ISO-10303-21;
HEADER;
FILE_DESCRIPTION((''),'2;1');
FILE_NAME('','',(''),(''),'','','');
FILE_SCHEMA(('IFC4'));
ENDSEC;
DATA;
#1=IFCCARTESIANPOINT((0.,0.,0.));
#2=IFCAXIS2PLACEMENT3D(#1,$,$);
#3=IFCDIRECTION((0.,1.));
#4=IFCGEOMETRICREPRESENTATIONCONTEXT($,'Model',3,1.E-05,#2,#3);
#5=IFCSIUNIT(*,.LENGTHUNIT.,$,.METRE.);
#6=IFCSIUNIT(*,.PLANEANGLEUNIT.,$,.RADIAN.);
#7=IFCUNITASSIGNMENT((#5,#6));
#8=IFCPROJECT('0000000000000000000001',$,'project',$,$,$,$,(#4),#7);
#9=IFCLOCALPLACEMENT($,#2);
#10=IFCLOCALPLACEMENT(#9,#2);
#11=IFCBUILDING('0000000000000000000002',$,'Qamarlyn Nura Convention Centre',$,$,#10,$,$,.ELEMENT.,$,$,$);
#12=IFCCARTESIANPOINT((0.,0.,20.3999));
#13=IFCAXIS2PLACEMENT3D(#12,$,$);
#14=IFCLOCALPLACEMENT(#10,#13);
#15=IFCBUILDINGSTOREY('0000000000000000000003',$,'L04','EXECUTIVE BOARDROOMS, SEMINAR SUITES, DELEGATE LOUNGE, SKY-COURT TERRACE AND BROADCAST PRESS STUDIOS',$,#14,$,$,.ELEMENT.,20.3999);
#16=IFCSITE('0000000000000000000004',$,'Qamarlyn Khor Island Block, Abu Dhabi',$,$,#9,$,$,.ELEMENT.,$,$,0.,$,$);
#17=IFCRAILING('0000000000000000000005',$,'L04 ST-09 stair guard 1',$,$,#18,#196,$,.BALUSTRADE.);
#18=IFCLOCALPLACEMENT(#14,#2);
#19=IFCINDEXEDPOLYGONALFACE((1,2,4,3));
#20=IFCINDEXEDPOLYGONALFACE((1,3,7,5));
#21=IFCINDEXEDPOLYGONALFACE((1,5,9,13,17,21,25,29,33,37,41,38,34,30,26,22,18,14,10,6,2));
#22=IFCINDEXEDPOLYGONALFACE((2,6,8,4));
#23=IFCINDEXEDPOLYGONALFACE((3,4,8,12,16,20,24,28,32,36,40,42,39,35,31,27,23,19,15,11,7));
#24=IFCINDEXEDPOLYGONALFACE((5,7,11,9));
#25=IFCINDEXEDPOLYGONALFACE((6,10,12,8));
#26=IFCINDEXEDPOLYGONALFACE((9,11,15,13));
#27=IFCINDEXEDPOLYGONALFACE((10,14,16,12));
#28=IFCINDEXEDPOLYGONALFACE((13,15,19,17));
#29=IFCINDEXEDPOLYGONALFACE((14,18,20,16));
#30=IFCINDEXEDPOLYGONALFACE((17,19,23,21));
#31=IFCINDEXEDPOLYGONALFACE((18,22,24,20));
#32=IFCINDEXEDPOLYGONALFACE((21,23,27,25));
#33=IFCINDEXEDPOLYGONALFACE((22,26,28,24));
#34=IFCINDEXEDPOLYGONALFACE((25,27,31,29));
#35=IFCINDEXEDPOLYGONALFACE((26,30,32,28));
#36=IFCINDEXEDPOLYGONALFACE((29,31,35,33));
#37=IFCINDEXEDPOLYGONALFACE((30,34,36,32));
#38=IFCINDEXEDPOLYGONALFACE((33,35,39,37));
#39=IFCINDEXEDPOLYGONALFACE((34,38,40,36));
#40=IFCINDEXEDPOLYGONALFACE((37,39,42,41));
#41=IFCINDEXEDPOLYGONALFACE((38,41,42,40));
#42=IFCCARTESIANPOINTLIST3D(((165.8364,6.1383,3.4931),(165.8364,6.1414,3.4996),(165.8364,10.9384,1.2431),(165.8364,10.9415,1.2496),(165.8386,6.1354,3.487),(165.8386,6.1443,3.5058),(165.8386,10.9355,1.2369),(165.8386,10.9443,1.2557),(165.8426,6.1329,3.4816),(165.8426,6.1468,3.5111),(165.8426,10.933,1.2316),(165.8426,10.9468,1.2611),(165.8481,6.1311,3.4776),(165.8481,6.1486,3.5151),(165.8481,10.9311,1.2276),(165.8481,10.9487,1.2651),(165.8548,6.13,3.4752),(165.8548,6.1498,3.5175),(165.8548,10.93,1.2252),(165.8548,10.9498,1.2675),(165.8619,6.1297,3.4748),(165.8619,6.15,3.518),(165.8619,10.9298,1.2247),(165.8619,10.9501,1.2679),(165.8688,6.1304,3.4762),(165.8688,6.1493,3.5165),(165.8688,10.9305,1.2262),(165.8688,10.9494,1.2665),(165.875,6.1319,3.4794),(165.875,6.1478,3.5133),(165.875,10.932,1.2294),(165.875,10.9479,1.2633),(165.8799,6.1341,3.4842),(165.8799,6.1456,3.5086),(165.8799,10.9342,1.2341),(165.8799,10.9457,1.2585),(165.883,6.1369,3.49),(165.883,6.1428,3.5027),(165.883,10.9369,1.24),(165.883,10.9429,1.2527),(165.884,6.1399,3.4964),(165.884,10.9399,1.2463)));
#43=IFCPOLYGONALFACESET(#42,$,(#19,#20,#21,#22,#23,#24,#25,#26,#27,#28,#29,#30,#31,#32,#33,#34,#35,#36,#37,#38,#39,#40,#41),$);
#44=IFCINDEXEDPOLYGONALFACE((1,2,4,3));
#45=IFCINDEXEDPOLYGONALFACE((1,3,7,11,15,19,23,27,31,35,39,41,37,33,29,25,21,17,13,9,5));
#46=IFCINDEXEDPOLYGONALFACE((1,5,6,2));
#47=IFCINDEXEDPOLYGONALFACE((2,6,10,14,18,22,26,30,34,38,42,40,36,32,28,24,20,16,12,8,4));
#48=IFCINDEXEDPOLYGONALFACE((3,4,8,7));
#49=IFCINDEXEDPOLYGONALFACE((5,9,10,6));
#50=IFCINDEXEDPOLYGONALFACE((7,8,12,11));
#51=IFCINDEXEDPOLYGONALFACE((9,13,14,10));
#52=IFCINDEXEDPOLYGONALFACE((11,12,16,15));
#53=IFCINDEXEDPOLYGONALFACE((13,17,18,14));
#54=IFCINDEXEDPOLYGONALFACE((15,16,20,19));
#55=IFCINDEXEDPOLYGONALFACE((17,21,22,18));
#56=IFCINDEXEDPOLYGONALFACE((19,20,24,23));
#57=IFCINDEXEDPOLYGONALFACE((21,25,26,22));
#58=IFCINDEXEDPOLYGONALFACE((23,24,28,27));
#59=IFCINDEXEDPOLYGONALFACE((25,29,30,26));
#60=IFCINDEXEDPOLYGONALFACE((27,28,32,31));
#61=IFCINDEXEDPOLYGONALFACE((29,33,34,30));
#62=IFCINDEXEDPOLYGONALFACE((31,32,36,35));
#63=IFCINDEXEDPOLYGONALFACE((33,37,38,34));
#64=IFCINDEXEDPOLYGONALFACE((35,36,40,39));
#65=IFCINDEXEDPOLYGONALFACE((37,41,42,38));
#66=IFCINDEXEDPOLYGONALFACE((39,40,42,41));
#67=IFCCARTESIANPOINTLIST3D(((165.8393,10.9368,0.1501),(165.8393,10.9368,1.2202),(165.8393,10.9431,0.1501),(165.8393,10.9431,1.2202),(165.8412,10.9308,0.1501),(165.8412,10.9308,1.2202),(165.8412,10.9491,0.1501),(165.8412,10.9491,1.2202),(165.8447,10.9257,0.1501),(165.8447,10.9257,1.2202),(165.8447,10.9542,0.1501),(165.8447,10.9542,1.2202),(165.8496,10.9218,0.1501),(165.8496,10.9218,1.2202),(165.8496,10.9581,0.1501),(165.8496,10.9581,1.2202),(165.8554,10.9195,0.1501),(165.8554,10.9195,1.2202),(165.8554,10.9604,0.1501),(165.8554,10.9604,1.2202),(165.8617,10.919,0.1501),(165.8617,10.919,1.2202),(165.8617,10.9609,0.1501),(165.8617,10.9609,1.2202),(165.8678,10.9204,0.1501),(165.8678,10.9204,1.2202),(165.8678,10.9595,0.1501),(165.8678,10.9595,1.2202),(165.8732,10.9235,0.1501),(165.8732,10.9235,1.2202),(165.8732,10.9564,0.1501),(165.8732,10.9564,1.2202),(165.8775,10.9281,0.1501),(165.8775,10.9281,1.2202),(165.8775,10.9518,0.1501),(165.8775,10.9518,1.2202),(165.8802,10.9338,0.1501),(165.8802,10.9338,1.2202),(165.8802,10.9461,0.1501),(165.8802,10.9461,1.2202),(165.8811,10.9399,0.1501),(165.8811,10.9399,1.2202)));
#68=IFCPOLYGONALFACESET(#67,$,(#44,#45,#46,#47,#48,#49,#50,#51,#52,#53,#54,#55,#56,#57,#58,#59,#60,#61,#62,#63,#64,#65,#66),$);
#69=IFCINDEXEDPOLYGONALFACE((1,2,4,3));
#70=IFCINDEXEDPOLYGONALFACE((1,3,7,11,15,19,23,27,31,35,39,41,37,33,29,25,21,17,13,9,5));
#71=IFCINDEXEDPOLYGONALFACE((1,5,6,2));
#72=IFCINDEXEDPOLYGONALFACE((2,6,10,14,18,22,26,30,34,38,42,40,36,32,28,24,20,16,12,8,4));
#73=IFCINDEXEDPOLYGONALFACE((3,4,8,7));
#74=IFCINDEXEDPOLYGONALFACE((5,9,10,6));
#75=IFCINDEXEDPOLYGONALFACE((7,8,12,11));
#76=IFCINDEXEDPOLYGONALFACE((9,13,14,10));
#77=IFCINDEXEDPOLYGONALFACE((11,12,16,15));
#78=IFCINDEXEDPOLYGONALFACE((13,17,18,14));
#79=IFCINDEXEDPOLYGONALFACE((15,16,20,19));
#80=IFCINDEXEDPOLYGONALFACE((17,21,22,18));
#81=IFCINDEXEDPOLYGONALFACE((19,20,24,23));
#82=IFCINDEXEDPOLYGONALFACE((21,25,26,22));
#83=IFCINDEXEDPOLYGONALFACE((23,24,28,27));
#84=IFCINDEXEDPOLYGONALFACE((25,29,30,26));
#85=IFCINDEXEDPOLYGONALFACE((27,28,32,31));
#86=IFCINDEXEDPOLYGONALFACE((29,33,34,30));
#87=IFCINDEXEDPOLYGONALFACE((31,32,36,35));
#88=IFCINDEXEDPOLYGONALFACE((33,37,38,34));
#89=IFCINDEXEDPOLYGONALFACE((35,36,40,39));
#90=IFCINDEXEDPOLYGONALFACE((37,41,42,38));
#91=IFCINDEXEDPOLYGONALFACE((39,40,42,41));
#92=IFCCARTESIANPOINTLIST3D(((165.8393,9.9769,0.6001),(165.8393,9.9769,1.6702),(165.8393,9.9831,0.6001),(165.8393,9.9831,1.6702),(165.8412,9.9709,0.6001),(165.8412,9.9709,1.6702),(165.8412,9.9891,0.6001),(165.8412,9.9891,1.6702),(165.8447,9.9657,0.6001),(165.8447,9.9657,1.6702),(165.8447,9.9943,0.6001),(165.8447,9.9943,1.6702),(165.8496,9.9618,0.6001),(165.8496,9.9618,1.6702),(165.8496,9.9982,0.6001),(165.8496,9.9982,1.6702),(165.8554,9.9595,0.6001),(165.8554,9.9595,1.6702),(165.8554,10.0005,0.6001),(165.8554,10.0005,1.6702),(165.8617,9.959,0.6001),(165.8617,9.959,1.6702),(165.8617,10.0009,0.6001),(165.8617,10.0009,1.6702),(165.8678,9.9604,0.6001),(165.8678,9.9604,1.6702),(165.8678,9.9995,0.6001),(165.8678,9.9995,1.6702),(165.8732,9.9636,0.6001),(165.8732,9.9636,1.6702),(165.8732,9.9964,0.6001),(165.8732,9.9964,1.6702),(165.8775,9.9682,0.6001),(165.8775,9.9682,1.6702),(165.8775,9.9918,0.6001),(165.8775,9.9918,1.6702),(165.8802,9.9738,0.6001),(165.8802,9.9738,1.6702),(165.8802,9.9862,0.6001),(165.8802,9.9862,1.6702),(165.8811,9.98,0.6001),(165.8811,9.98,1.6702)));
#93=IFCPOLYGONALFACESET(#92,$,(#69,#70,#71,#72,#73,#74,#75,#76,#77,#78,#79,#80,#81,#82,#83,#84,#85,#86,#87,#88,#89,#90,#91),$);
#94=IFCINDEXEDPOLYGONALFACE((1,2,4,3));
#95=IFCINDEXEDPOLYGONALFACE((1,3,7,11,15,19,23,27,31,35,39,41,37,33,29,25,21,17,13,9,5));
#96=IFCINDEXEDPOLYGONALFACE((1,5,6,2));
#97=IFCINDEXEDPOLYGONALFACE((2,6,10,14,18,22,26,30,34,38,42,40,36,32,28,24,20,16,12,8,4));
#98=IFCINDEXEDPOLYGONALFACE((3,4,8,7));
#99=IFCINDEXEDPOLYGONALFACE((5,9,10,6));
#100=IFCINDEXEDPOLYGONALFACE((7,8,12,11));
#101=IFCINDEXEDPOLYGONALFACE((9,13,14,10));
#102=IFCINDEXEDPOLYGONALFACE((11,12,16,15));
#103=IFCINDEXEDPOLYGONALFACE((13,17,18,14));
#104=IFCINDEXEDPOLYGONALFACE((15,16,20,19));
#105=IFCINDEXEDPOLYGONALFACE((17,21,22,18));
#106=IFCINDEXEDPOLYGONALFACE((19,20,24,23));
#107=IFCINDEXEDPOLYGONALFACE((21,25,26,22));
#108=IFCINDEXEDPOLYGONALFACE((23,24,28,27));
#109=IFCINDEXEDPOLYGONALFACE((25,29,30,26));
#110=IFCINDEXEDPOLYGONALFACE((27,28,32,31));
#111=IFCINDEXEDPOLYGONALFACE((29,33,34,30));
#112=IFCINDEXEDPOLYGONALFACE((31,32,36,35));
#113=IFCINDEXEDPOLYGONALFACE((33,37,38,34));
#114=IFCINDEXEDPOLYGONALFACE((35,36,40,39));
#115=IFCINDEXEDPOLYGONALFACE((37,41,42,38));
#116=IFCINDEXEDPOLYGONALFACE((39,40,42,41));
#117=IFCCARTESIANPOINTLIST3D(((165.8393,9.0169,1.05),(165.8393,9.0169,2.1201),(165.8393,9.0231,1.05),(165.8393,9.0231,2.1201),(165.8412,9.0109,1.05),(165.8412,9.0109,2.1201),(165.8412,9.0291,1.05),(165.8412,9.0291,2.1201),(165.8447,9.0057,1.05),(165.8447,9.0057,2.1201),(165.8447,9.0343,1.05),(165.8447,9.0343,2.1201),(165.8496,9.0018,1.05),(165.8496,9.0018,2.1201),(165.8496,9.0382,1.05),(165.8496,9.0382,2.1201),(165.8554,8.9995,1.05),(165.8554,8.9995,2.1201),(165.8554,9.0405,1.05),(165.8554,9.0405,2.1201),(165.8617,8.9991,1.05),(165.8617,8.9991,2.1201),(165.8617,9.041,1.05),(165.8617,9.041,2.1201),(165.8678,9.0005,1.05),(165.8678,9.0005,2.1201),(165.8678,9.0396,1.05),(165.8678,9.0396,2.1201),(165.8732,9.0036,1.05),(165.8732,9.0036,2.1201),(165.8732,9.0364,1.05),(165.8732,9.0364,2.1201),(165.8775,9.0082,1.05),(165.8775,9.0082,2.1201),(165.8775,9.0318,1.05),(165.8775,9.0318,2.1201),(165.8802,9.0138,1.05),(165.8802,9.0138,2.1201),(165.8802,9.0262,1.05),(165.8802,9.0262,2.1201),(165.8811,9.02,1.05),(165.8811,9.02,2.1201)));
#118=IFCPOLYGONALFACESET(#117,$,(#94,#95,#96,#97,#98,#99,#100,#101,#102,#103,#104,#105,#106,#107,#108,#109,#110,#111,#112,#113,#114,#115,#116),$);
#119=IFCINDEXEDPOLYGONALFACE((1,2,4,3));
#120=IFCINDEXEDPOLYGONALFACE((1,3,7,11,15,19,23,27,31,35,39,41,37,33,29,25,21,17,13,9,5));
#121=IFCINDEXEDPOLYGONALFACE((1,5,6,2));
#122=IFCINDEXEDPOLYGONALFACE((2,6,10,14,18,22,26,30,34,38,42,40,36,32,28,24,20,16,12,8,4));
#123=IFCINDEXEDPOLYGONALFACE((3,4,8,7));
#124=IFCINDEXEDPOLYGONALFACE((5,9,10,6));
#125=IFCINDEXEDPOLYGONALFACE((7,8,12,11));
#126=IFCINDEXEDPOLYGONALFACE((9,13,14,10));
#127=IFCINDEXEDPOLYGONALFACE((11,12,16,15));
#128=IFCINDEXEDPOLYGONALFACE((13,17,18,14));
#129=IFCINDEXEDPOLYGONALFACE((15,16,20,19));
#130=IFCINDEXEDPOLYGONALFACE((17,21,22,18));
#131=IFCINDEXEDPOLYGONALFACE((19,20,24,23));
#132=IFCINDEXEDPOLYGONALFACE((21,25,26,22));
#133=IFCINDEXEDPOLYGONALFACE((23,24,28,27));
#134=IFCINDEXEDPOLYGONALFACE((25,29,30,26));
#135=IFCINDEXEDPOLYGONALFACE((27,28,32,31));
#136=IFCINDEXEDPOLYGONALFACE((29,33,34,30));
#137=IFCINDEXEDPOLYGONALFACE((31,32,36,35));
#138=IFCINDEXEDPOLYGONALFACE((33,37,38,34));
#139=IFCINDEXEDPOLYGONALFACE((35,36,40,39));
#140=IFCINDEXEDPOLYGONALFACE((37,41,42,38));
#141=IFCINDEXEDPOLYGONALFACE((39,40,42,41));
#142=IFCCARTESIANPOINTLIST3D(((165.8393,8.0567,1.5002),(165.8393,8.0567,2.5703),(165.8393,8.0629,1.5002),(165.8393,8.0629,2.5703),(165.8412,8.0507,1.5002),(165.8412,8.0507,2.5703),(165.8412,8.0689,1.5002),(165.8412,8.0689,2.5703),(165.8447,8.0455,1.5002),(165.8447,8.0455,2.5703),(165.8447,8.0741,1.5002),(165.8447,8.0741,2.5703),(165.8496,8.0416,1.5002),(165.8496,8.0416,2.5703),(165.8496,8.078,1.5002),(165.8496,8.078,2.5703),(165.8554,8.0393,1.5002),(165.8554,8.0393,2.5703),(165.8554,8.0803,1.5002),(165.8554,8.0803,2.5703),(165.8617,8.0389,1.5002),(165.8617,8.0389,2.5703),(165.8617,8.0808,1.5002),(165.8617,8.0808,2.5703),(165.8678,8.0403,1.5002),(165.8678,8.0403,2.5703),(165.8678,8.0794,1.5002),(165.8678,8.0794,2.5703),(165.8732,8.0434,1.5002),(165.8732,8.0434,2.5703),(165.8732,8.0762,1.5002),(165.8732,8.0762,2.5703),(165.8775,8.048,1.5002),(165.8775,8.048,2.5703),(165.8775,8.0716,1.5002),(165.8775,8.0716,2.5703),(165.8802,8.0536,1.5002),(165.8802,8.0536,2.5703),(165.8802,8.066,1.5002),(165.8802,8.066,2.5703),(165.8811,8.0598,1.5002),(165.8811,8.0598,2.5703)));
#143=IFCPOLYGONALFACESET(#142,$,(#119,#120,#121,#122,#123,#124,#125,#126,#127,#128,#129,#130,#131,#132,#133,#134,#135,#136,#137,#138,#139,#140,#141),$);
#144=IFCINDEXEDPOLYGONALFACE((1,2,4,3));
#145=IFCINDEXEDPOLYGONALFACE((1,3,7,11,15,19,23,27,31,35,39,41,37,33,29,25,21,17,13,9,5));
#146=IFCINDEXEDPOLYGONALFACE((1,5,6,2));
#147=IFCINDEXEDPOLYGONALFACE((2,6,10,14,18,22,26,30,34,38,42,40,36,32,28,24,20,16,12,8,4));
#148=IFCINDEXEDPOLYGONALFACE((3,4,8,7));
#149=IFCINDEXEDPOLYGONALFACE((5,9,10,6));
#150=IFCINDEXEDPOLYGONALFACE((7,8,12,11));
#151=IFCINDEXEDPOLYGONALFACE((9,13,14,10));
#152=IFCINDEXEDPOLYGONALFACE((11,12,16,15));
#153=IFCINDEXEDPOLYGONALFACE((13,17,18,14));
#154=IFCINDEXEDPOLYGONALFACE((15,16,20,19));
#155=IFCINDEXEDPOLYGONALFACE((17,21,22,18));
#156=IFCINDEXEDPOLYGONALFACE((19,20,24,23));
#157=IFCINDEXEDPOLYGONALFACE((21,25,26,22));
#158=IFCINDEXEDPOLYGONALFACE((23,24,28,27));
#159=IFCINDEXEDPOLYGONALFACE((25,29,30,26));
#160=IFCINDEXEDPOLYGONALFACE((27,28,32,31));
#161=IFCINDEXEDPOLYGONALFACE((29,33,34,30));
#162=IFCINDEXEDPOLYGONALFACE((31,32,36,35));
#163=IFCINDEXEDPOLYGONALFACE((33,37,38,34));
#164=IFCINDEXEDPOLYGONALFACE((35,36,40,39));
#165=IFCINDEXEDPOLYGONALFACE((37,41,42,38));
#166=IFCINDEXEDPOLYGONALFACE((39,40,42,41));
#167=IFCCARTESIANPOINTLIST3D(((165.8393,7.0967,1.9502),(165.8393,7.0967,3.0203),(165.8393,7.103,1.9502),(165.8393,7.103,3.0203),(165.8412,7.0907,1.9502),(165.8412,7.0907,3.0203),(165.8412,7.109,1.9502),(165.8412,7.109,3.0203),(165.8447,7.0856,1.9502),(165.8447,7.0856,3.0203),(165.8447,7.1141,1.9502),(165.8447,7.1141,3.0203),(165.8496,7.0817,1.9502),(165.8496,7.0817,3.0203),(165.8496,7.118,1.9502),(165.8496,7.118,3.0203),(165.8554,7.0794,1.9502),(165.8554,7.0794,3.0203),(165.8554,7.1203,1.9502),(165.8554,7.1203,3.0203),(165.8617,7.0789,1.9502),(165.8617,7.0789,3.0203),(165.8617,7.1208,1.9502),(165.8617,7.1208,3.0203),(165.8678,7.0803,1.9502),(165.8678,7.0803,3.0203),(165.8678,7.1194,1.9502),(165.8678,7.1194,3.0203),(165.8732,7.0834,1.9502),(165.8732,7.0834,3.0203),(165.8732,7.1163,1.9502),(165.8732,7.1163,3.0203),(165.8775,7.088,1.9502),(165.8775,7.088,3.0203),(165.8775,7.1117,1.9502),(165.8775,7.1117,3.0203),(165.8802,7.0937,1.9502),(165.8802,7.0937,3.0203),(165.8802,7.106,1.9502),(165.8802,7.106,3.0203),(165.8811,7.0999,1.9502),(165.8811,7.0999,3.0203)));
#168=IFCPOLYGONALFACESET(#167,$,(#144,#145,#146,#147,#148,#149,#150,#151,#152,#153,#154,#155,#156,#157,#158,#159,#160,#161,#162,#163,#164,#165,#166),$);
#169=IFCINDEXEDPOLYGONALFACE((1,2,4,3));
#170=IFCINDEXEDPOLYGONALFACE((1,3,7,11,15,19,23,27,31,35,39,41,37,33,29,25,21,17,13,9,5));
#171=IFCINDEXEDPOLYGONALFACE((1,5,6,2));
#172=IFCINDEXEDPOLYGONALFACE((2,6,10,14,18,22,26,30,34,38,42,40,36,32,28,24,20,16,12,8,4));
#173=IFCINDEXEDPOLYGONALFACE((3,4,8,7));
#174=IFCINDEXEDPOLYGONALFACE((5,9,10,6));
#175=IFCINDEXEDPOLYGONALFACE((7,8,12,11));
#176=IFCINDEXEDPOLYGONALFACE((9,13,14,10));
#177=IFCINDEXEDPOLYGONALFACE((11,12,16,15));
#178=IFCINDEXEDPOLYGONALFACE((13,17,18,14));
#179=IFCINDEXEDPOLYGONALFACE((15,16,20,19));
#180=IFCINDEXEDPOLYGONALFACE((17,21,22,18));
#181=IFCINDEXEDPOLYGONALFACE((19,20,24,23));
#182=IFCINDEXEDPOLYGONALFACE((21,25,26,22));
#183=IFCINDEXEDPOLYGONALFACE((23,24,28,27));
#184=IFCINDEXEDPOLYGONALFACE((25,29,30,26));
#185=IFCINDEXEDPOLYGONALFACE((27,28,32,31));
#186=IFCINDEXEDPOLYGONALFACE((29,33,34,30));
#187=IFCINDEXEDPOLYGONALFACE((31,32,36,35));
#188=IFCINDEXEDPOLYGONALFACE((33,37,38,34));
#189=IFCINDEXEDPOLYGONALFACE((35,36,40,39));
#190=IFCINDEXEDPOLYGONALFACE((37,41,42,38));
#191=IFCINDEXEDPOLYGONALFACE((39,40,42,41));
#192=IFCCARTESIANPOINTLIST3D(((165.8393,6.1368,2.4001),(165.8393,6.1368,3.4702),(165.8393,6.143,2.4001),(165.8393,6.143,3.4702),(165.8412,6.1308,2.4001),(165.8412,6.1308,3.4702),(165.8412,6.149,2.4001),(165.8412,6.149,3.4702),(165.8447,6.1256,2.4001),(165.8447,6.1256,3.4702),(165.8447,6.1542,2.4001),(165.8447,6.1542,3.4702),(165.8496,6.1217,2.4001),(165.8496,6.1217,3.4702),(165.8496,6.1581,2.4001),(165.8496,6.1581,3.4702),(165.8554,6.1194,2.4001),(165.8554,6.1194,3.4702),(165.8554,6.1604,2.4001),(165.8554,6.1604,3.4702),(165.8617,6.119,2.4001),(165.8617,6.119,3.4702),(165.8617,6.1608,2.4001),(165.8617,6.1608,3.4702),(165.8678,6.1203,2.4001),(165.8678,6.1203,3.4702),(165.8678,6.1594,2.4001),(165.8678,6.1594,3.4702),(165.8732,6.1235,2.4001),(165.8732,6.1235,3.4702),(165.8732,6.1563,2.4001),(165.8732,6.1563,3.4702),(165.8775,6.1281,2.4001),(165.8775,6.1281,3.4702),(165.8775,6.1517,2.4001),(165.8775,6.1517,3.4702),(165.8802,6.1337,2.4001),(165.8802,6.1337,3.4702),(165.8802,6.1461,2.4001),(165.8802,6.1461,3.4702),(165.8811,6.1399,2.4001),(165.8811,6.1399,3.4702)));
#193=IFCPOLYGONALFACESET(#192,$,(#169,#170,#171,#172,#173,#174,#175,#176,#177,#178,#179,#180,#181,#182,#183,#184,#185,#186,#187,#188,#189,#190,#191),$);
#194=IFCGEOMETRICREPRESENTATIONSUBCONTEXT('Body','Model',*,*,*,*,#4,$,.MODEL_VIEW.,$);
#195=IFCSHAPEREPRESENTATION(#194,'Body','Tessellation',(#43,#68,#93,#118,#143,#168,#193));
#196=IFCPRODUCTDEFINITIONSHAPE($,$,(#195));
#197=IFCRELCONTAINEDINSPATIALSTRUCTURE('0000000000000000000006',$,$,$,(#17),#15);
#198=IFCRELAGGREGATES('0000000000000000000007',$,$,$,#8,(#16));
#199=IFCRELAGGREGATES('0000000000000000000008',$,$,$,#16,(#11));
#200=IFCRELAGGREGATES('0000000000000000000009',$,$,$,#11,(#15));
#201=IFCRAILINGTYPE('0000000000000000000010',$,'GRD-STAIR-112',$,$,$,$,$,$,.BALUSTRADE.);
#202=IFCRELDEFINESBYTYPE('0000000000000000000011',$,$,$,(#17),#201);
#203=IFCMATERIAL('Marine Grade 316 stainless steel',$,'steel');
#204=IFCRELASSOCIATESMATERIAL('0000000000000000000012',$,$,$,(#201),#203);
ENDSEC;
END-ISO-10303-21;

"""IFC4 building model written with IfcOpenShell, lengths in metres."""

from ifc_helpers import new_model, si_unit, direction, frame, origin, origin_2d, place, context, subcontext, project, spatial, circle, extrude, material, type_object, element, save


model = new_model("IFC4")

# Units and contexts
model_context = context("Model", 3, precision=1e-05, world=origin(), true_north=direction((0.0, 1.0)))
body_context = subcontext(model_context, "Body", "Model", "MODEL_VIEW")
ifc_project = project(units=[si_unit("LENGTHUNIT", "METRE"), si_unit("PLANEANGLEUNIT", "RADIAN")], contexts=[model_context])

# Site, building, storey
site_placement = place(None, origin())
site = spatial("IfcSite", under=ifc_project, at=site_placement, Name="Qamarlyn Khor Island Block, Abu Dhabi", CompositionType="ELEMENT", RefElevation=0.0)
building_placement = place(site_placement, origin())
building = spatial("IfcBuilding", under=site, at=building_placement, Name="Qamarlyn Nura Convention Centre", CompositionType="ELEMENT")
storey_placement = place(building_placement, frame((0.0, 0.0, 20.3999)))
storey = spatial("IfcBuildingStorey", under=building, at=storey_placement, Name="L04", Description="EXECUTIVE BOARDROOMS, SEMINAR SUITES, DELEGATE LOUNGE, SKY-COURT TERRACE AND BROADCAST PRESS STUDIOS", CompositionType="ELEMENT", Elevation=20.3999)

# Shared definitions
ifc_material_1 = material(Name="Marine Grade 316 stainless steel", Category="steel")

# Railing
railing_type_1 = type_object("IfcRailingType", Name="GRD-STAIR-112", PredefinedType="BALUSTRADE", material=ifc_material_1)
railing_1_placement = place(storey_placement, frame((165.8601, 10.9399, 0.1501)))
element("IfcRailing", 1, at=railing_1_placement, inside=storey, type_object=railing_type_1, Name="L04 ST-09 stair guard 1", PredefinedType="BALUSTRADE", context=body_context, shape_type="SweptSolid", body=[
    extrude(circle(Radius=0.0239, at=origin_2d()), frame((0.0, 0.0, 1.0962), z_axis=(0.0, -0.905461, 0.42443), x_axis=(1.0, 0.0, 0.0)), (0.0, 0.0, 1.0), 5.3013),
    extrude(circle(Radius=0.021, at=origin_2d()), origin(), (0.0, 0.0, 1.0), 1.0701),
    extrude(circle(Radius=0.021, at=origin_2d()), frame((0.0, -0.96, 0.45)), (0.0, 0.0, 1.0), 1.0701),
    extrude(circle(Radius=0.021, at=origin_2d()), frame((0.0, -1.9199, 0.8999)), (0.0, 0.0, 1.0), 1.0701),
    extrude(circle(Radius=0.021, at=origin_2d()), frame((0.0, -2.8801, 1.3501)), (0.0, 0.0, 1.0), 1.0701),
    extrude(circle(Radius=0.021, at=origin_2d()), frame((0.0, -3.8401, 1.8)), (0.0, 0.0, 1.0), 1.0701),
    extrude(circle(Radius=0.021, at=origin_2d()), frame((0.0, -4.8, 2.25)), (0.0, 0.0, 1.0), 1.0701),
])

save(model, "model.ifc")
